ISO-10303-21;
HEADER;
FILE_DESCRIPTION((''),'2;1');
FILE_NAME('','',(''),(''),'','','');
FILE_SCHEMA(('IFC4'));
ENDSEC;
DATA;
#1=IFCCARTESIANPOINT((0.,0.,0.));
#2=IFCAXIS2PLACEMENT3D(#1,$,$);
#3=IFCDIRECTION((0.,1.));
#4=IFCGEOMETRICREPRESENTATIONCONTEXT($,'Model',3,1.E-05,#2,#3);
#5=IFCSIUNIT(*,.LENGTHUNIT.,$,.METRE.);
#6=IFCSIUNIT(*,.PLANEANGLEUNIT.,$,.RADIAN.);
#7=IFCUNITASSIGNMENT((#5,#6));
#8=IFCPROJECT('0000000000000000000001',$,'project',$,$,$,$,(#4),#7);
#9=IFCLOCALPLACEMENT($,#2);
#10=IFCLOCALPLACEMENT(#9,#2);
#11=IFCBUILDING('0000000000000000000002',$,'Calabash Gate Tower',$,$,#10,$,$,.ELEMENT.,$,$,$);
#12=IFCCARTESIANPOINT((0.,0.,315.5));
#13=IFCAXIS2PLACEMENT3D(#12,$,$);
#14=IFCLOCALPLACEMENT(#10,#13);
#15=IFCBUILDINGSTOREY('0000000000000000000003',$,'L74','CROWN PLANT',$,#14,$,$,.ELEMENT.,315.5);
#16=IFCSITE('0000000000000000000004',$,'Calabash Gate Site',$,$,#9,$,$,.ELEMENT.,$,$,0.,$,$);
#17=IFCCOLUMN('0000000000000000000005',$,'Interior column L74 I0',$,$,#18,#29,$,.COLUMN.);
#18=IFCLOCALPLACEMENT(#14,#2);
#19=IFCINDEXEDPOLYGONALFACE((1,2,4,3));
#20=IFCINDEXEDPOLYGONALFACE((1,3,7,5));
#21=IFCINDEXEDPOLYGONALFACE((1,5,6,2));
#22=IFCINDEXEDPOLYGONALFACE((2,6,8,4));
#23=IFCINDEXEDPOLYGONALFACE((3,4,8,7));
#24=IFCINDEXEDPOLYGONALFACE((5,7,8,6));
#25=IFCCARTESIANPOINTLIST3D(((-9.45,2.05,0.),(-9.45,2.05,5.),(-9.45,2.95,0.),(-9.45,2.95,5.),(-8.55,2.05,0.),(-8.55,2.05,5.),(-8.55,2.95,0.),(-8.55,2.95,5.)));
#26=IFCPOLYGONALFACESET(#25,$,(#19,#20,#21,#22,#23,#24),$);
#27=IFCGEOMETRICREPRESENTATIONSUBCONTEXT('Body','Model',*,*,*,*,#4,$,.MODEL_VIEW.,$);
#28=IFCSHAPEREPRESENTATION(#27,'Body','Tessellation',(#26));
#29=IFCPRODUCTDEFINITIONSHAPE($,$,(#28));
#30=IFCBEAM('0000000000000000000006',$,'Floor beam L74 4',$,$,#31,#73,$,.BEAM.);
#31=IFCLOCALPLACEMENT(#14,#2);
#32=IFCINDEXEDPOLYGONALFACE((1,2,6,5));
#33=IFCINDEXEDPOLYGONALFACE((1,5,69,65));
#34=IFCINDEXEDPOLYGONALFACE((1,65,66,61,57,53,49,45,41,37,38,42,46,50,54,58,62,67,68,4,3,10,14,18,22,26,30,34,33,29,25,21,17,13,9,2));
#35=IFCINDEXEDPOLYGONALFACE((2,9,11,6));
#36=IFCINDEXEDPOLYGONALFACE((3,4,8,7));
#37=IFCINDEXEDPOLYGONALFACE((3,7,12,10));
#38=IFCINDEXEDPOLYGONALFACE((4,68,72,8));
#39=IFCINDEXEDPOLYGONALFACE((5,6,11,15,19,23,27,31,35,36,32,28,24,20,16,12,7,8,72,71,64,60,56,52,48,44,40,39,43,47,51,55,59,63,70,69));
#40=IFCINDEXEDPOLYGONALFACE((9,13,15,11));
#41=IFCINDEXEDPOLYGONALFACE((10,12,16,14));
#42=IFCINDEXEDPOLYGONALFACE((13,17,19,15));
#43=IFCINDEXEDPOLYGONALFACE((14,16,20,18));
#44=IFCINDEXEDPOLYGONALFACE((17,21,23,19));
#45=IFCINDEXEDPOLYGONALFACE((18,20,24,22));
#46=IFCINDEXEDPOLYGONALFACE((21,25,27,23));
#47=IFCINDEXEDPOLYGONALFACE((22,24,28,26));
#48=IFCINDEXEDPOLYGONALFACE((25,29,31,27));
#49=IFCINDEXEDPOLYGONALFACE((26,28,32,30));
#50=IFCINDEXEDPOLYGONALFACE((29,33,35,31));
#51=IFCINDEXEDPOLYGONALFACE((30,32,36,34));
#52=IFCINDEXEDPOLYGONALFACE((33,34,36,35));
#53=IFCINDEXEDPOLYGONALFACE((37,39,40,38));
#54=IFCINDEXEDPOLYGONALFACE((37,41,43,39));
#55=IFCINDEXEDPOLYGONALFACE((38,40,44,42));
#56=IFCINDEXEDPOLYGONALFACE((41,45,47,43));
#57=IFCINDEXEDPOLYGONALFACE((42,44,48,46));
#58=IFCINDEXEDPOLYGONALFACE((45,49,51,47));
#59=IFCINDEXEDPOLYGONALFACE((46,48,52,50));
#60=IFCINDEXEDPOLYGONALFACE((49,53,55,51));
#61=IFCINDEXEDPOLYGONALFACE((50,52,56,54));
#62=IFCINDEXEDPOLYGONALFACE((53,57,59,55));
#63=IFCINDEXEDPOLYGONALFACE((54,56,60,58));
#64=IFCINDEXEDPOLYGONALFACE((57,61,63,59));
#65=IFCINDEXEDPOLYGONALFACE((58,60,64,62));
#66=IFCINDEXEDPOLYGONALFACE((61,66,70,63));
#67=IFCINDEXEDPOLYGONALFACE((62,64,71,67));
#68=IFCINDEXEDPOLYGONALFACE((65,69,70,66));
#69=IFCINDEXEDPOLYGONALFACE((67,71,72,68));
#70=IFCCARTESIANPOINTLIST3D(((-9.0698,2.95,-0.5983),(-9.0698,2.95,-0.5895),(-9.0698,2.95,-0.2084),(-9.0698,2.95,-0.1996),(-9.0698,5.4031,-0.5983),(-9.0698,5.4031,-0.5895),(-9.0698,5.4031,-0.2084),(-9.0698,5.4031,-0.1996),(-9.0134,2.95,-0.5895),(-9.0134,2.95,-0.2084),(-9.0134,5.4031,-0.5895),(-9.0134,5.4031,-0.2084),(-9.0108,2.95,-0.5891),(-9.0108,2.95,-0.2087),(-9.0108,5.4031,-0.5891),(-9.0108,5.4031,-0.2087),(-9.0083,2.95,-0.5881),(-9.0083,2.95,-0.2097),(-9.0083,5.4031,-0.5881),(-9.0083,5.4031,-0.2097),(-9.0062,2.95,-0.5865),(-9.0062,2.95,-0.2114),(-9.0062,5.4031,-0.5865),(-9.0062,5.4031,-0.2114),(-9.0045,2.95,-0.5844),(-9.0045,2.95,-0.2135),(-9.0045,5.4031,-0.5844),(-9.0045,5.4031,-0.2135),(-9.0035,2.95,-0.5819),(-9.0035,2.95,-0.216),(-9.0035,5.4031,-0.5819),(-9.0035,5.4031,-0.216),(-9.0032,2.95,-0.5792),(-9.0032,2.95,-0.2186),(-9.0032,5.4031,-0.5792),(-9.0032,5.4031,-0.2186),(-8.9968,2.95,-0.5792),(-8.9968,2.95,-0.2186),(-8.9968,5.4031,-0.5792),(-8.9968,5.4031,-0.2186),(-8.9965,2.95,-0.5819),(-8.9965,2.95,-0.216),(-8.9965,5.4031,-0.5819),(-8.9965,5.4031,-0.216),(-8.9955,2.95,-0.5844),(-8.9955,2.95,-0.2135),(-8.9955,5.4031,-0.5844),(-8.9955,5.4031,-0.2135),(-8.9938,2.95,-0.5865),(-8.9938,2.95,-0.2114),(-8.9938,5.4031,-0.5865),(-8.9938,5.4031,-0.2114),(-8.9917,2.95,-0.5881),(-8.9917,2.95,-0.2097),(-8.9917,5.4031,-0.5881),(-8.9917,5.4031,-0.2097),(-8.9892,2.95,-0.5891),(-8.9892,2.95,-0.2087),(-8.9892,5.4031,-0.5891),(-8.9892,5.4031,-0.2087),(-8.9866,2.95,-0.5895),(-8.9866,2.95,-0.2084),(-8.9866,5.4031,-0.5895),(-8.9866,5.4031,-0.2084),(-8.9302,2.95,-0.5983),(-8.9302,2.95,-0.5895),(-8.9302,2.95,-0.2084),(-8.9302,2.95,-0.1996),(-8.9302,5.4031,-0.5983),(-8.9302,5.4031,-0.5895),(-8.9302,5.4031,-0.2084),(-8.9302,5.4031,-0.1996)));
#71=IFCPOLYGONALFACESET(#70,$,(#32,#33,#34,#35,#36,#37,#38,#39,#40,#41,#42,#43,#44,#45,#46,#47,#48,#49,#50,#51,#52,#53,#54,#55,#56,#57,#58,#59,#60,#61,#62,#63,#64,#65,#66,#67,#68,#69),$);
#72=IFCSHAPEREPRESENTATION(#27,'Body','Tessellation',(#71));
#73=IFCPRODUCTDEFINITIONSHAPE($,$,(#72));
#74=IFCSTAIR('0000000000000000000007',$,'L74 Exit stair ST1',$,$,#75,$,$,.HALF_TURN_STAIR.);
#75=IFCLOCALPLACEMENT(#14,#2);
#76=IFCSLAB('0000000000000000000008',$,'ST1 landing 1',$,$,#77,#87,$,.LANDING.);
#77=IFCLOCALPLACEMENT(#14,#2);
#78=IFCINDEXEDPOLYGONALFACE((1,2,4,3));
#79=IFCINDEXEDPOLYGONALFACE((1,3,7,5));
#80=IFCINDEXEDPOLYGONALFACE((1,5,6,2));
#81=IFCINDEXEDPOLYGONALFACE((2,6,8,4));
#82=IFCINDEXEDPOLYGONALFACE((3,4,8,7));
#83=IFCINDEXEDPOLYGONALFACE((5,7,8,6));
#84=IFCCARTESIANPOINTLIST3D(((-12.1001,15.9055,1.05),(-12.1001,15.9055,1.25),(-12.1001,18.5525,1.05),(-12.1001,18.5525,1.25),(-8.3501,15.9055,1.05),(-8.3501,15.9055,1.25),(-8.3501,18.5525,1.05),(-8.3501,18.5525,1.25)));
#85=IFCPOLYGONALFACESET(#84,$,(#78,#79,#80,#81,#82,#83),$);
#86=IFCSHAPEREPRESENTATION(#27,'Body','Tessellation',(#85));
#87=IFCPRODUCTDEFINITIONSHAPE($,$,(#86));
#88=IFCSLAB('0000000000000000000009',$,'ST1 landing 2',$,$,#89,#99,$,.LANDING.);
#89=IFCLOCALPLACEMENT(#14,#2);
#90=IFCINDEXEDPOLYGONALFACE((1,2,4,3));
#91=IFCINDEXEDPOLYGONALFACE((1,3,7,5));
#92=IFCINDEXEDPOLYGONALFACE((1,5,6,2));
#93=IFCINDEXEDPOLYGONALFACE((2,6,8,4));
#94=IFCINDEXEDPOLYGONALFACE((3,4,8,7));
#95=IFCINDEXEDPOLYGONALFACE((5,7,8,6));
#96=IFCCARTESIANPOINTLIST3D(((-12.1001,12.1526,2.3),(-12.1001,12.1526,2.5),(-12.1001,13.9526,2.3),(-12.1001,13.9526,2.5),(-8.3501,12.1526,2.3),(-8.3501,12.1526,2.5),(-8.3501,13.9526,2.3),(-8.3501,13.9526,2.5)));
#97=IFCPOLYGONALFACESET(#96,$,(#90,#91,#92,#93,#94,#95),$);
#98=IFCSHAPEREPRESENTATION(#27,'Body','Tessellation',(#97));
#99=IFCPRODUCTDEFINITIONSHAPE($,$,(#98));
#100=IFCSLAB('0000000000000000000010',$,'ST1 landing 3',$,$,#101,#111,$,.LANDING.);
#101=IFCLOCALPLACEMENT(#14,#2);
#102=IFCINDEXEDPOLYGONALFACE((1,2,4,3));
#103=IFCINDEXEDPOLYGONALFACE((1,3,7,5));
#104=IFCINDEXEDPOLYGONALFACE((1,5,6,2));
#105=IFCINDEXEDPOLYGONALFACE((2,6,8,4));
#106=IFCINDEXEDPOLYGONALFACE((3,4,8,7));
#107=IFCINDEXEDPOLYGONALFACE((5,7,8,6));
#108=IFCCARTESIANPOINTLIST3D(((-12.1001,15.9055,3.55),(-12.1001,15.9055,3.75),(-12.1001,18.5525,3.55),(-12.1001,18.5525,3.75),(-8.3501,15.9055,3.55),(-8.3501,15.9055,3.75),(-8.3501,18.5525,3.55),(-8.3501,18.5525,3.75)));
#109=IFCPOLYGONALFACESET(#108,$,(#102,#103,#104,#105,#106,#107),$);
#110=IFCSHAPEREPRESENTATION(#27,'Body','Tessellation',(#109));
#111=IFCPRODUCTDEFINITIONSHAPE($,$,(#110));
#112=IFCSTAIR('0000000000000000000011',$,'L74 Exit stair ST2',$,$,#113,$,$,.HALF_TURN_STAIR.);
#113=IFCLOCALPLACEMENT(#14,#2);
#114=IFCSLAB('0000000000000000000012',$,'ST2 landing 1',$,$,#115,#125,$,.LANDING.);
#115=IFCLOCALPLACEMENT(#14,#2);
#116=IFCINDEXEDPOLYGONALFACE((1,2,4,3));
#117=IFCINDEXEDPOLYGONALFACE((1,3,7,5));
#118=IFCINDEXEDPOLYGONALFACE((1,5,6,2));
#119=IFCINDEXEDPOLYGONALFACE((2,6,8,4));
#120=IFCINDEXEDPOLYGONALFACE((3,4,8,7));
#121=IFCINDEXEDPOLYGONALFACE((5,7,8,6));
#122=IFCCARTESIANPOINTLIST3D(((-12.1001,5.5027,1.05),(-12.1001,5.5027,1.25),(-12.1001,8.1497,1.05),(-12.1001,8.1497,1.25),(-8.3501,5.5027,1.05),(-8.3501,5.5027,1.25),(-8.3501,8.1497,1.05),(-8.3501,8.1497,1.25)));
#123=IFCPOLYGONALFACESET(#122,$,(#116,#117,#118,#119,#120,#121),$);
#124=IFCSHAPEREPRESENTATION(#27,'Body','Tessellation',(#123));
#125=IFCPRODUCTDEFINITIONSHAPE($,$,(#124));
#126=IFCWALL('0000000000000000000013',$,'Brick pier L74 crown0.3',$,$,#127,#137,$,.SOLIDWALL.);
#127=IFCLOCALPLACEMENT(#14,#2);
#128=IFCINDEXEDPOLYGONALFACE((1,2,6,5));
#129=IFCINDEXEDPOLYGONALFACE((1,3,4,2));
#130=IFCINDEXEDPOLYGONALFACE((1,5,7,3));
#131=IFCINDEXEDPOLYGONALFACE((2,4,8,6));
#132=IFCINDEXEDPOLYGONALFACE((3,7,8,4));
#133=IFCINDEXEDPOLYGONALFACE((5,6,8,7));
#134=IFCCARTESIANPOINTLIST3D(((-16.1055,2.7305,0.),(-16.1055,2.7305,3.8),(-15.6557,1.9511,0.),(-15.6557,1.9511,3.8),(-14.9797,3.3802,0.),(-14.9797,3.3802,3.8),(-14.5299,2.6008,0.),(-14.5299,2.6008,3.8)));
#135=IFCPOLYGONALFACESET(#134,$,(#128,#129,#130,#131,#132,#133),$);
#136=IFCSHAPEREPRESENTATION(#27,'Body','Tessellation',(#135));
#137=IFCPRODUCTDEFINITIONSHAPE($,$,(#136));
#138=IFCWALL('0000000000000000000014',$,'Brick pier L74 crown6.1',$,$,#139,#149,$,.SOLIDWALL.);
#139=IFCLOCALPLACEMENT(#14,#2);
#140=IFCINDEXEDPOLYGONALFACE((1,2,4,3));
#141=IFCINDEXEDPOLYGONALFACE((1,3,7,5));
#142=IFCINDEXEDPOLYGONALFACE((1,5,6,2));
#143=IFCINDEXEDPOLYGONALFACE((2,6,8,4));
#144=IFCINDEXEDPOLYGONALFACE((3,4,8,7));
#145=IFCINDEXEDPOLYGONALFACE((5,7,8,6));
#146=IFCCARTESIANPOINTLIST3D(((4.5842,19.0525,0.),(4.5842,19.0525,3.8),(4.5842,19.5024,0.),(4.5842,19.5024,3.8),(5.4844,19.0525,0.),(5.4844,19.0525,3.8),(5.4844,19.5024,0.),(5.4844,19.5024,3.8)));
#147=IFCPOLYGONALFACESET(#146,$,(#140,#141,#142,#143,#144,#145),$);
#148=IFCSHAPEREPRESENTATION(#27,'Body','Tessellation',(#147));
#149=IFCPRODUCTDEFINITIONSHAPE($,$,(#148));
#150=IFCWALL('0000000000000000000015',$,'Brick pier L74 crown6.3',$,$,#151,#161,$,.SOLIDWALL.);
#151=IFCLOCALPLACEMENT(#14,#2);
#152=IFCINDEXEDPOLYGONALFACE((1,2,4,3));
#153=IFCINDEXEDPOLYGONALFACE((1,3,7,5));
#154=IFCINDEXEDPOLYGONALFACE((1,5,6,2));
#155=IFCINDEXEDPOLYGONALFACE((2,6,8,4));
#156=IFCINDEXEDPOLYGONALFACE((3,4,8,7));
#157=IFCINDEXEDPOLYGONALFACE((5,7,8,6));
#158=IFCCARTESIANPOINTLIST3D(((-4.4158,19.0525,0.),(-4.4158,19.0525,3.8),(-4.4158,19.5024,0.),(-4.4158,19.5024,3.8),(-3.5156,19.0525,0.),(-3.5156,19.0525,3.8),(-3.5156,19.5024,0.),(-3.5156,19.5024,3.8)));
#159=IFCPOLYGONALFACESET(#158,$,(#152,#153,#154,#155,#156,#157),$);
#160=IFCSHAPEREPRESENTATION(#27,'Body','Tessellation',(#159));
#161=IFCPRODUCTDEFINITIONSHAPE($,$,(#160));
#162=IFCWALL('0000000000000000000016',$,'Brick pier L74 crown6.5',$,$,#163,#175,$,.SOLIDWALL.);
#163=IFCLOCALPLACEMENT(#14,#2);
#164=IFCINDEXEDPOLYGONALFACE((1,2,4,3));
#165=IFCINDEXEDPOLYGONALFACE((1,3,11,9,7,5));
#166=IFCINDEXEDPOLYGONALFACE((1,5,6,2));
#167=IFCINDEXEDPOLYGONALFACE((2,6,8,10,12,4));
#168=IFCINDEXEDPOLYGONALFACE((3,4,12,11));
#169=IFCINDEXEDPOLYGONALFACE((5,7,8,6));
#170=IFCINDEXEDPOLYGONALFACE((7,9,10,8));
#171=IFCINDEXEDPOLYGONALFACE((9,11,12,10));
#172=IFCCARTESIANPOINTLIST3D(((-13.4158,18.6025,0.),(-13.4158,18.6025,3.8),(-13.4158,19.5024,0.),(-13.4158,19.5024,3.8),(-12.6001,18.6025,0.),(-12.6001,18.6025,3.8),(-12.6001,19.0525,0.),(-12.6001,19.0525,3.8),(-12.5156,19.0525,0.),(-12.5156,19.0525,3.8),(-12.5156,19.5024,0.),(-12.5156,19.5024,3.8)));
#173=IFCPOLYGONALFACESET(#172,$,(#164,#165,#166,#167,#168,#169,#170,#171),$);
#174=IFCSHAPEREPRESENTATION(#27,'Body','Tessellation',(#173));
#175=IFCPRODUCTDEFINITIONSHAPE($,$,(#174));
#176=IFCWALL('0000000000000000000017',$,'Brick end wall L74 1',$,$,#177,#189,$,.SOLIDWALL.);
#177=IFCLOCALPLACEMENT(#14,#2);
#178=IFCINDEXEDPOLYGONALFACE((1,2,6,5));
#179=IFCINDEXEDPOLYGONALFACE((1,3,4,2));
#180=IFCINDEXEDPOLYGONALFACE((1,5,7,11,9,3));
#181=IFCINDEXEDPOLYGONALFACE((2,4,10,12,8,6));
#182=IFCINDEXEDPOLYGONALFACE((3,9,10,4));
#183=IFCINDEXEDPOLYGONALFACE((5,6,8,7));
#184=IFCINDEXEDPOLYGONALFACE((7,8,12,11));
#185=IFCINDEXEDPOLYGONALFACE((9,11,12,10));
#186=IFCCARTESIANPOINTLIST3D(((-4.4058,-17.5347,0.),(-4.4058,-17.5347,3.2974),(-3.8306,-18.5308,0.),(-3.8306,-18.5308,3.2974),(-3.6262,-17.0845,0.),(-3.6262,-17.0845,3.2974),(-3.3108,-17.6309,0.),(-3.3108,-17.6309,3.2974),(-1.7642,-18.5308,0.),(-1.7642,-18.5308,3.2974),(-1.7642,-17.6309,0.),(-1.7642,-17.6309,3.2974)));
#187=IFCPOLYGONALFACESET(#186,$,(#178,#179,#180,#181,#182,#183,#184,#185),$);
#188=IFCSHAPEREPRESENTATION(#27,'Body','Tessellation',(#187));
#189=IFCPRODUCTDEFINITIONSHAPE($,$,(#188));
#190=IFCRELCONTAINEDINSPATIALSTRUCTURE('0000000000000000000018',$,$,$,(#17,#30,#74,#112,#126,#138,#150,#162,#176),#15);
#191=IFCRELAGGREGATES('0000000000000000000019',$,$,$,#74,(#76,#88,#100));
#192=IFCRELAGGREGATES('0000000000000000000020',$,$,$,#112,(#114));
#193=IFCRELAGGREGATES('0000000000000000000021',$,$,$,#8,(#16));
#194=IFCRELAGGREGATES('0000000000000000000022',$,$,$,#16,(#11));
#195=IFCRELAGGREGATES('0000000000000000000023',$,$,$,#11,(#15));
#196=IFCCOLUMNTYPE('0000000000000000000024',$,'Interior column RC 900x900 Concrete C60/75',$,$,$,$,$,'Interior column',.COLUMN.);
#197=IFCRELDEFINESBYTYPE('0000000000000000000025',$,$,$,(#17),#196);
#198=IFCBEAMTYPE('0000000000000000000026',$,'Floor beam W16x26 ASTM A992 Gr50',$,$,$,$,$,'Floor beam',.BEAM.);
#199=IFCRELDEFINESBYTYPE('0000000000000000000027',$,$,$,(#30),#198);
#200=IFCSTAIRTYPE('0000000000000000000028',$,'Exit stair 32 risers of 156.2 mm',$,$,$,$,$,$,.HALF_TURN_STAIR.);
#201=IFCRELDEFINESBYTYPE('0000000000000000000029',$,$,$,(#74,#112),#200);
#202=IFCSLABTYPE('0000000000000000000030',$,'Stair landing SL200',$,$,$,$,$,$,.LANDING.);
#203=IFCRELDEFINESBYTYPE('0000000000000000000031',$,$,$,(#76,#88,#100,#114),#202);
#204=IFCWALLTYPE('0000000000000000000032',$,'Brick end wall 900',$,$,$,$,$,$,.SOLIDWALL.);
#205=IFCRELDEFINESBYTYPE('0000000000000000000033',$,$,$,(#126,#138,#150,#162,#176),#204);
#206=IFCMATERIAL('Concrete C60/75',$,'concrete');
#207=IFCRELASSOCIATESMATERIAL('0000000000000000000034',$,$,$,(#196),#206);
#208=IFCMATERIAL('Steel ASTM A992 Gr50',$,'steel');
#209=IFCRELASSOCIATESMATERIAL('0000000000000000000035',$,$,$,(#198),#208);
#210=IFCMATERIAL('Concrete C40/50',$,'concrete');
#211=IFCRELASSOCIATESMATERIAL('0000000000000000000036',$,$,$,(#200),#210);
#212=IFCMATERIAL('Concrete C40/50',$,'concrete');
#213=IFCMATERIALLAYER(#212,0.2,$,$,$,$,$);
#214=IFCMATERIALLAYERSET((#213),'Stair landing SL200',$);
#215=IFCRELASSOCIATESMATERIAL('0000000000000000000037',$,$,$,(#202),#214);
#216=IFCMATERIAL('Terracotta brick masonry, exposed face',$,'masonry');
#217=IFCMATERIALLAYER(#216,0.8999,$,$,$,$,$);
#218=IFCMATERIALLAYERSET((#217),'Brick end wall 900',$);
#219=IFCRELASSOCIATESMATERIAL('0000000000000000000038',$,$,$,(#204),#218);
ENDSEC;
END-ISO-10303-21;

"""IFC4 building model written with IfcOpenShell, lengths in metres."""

from ifc_helpers import new_model, si_unit, direction, frame, frame_2d, origin, origin_2d, place, context, subcontext, project, spatial, polyline, rectangle, i_section, outline, extrude, material, layer, layer_set, material_profile, profile_set, type_object, element, aggregate, save


model = new_model("IFC4")

# Units and contexts
model_context = context("Model", 3, precision=1e-05, world=origin(), true_north=direction((0.0, 1.0)))
body_context = subcontext(model_context, "Body", "Model", "MODEL_VIEW")
ifc_project = project(units=[si_unit("LENGTHUNIT", "METRE"), si_unit("PLANEANGLEUNIT", "RADIAN")], contexts=[model_context])

# Site, building, storey
site_placement = place(None, origin())
site = spatial("IfcSite", under=ifc_project, at=site_placement, Name="Calabash Gate Site", CompositionType="ELEMENT", RefElevation=0.0)
building_placement = place(site_placement, origin())
building = spatial("IfcBuilding", under=site, at=building_placement, Name="Calabash Gate Tower", CompositionType="ELEMENT")
storey_placement = place(building_placement, frame((0.0, 0.0, 315.5)))
storey = spatial("IfcBuildingStorey", under=building, at=storey_placement, Name="L74", Description="CROWN PLANT", CompositionType="ELEMENT", Elevation=315.5)

# Column
ifc_material_1 = material(Name="Concrete C60/75", Category="concrete")
ifc_material_profile_1 = material_profile(ifc_material_1, rectangle(XDim=0.8999, YDim=0.8999, at=origin_2d()))
ifc_profile_set_1 = profile_set([ifc_material_profile_1], Name="Concrete C60/75")
column_type = type_object("IfcColumnType", Name="Interior column RC 900x900 Concrete C60/75", ElementType="Interior column", PredefinedType="COLUMN", material=ifc_profile_set_1)
column_placement = place(storey_placement, frame((-9.0, 2.5, 0.0), z_axis=(0.0, 0.0, 1.0), x_axis=(1.0, 0.0, 0.0)))
element("IfcColumn", 1, at=column_placement, inside=storey, type_object=column_type, Name="Interior column L74 I0", PredefinedType="COLUMN", context=body_context, shape_type="SweptSolid", body=[
    extrude(rectangle(XDim=0.8999, YDim=0.8999, at=origin_2d()), origin(), (0.0, 0.0, 1.0), 5.0),
])

# Beam
ifc_material_2 = material(Name="Steel ASTM A992 Gr50", Category="steel")
ifc_material_profile_2 = material_profile(ifc_material_2, i_section(OverallWidth=0.1396, OverallDepth=0.3987, WebThickness=0.0063, FlangeThickness=0.0088, FilletRadius=0.0103, at=origin_2d()))
ifc_profile_set_2 = profile_set([ifc_material_profile_2], Name="Steel ASTM A992 Gr50")
beam_type = type_object("IfcBeamType", Name="Floor beam W16x26 ASTM A992 Gr50", ElementType="Floor beam", PredefinedType="BEAM", material=ifc_profile_set_2)
beam_placement = place(storey_placement, frame((-9.0, 2.95, -0.3989), z_axis=(0.0, 1.0, 0.0), x_axis=(-1.0, 0.0, 0.0)))
element("IfcBeam", 2, at=beam_placement, inside=storey, type_object=beam_type, Name="Floor beam L74 4", PredefinedType="BEAM", context=body_context, shape_type="SweptSolid", body=[
    extrude(i_section(OverallWidth=0.1396, OverallDepth=0.3987, WebThickness=0.0063, FlangeThickness=0.0088, FilletRadius=0.0103, at=origin_2d()), origin(), (0.0, 0.0, 1.0), 2.4531),
])

# Stair, slabs
ifc_material_3 = material(Name="Concrete C40/50", Category="concrete")
stair_type = type_object("IfcStairType", Name="Exit stair 32 risers of 156.2 mm", PredefinedType="HALF_TURN_STAIR", material=ifc_material_3)
stair_1_placement = place(storey_placement, origin())
stair_1 = element("IfcStair", 3, at=stair_1_placement, inside=storey, type_object=stair_type, Name="L74 Exit stair ST1", PredefinedType="HALF_TURN_STAIR")
ifc_material_4 = material(Name="Concrete C40/50", Category="concrete")
ifc_layer_1 = layer(ifc_material_4, 0.2)
ifc_layer_set_1 = layer_set([ifc_layer_1], Name="Stair landing SL200")
slab_type = type_object("IfcSlabType", Name="Stair landing SL200", PredefinedType="LANDING", material=ifc_layer_set_1)
slab_1_placement = place(storey_placement, frame((0.0, 0.0, 1.05)))
slab_1 = element("IfcSlab", 4, at=slab_1_placement, type_object=slab_type, Name="ST1 landing 1", PredefinedType="LANDING", context=body_context, shape_type="SweptSolid", body=[
    extrude(outline(polyline([(-8.3501, 15.9055), (-8.3501, 18.5525), (-12.1001, 18.5525), (-12.1001, 15.9055), (-8.3501, 15.9055)])), origin(), (0.0, 0.0, 1.0), 0.2),
])
slab_2_placement = place(storey_placement, frame((0.0, 0.0, 2.3)))
slab_2 = element("IfcSlab", 5, at=slab_2_placement, type_object=slab_type, Name="ST1 landing 2", PredefinedType="LANDING", context=body_context, shape_type="SweptSolid", body=[
    extrude(outline(polyline([(-8.3501, 12.1526), (-8.3501, 13.9526), (-12.1001, 13.9526), (-12.1001, 12.1526), (-8.3501, 12.1526)])), origin(), (0.0, 0.0, 1.0), 0.2),
])
slab_3_placement = place(storey_placement, frame((0.0, 0.0, 3.55)))
slab_3 = element("IfcSlab", 6, at=slab_3_placement, type_object=slab_type, Name="ST1 landing 3", PredefinedType="LANDING", context=body_context, shape_type="SweptSolid", body=[
    extrude(outline(polyline([(-8.3501, 15.9055), (-8.3501, 18.5525), (-12.1001, 18.5525), (-12.1001, 15.9055), (-8.3501, 15.9055)])), origin(), (0.0, 0.0, 1.0), 0.2),
])
aggregate(stair_1, [slab_1, slab_2, slab_3])

# Stair, slab
stair_2_placement = place(storey_placement, origin())
stair_2 = element("IfcStair", 7, at=stair_2_placement, inside=storey, type_object=stair_type, Name="L74 Exit stair ST2", PredefinedType="HALF_TURN_STAIR")
slab_4_placement = place(storey_placement, frame((0.0, 0.0, 1.05)))
slab_4 = element("IfcSlab", 8, at=slab_4_placement, type_object=slab_type, Name="ST2 landing 1", PredefinedType="LANDING", context=body_context, shape_type="SweptSolid", body=[
    extrude(outline(polyline([(-12.1001, 8.1497), (-12.1001, 5.5027), (-8.3501, 5.5027), (-8.3501, 8.1497), (-12.1001, 8.1497)])), origin(), (0.0, 0.0, 1.0), 0.2),
])
aggregate(stair_2, [slab_4])

# Walls
ifc_material_5 = material(Name="Terracotta brick masonry, exposed face", Category="masonry")
ifc_layer_2 = layer(ifc_material_5, 0.8999)
ifc_layer_set_2 = layer_set([ifc_layer_2], Name="Brick end wall 900")
wall_type_1 = type_object("IfcWallType", Name="Brick end wall 900", PredefinedType="SOLIDWALL", material=ifc_layer_set_2)
wall_1_placement = place(storey_placement, frame((-15.8806, 2.3408, 0.0), z_axis=(0.0, 0.0, 1.0), x_axis=(0.86612, 0.499836, 0.0)))
element("IfcWall", 9, at=wall_1_placement, inside=storey, type_object=wall_type_1, Name="Brick pier L74 crown0.3", PredefinedType="SOLIDWALL", context=body_context, shape_type="SweptSolid", body=[
    extrude(rectangle(XDim=1.2998, YDim=0.8999, at=frame_2d((0.6499, 0.0))), origin(), (0.0, 0.0, 1.0), 3.8),
])
wall_2_placement = place(storey_placement, origin())
element("IfcWall", 10, at=wall_2_placement, inside=storey, type_object=wall_type_1, Name="Brick pier L74 crown6.1", PredefinedType="SOLIDWALL", context=body_context, shape_type="SweptSolid", body=[
    extrude(outline(polyline([(4.5842, 19.5024), (4.5842, 19.0525), (5.4844, 19.0525), (5.4844, 19.5024), (4.5842, 19.5024)])), origin(), (0.0, 0.0, 1.0), 3.8),
])
wall_3_placement = place(storey_placement, origin())
element("IfcWall", 11, at=wall_3_placement, inside=storey, type_object=wall_type_1, Name="Brick pier L74 crown6.3", PredefinedType="SOLIDWALL", context=body_context, shape_type="SweptSolid", body=[
    extrude(outline(polyline([(-4.4158, 19.5024), (-4.4158, 19.0525), (-3.5156, 19.0525), (-3.5156, 19.5024), (-4.4158, 19.5024)])), origin(), (0.0, 0.0, 1.0), 3.8),
])
wall_4_placement = place(storey_placement, origin())
element("IfcWall", 12, at=wall_4_placement, inside=storey, type_object=wall_type_1, Name="Brick pier L74 crown6.5", PredefinedType="SOLIDWALL", context=body_context, shape_type="SweptSolid", body=[
    extrude(outline(polyline([(-13.4158, 19.5024), (-13.4158, 18.6025), (-12.6001, 18.6025), (-12.6001, 19.0525), (-12.5156, 19.0525), (-12.5156, 19.5024), (-13.4158, 19.5024)])), origin(), (0.0, 0.0, 1.0), 3.8),
])
wall_5_placement = place(storey_placement, origin())
element("IfcWall", 13, at=wall_5_placement, inside=storey, type_object=wall_type_1, Name="Brick end wall L74 1", PredefinedType="SOLIDWALL", context=body_context, shape_type="SweptSolid", body=[
    extrude(outline(polyline([(-3.6262, -17.0845), (-4.4058, -17.5347), (-3.8306, -18.5308), (-1.7642, -18.5308), (-1.7642, -17.6309), (-3.3108, -17.6309), (-3.6262, -17.0845)])), origin(), (0.0, 0.0, 1.0), 3.2974),
])

save(model, "model.ifc")
